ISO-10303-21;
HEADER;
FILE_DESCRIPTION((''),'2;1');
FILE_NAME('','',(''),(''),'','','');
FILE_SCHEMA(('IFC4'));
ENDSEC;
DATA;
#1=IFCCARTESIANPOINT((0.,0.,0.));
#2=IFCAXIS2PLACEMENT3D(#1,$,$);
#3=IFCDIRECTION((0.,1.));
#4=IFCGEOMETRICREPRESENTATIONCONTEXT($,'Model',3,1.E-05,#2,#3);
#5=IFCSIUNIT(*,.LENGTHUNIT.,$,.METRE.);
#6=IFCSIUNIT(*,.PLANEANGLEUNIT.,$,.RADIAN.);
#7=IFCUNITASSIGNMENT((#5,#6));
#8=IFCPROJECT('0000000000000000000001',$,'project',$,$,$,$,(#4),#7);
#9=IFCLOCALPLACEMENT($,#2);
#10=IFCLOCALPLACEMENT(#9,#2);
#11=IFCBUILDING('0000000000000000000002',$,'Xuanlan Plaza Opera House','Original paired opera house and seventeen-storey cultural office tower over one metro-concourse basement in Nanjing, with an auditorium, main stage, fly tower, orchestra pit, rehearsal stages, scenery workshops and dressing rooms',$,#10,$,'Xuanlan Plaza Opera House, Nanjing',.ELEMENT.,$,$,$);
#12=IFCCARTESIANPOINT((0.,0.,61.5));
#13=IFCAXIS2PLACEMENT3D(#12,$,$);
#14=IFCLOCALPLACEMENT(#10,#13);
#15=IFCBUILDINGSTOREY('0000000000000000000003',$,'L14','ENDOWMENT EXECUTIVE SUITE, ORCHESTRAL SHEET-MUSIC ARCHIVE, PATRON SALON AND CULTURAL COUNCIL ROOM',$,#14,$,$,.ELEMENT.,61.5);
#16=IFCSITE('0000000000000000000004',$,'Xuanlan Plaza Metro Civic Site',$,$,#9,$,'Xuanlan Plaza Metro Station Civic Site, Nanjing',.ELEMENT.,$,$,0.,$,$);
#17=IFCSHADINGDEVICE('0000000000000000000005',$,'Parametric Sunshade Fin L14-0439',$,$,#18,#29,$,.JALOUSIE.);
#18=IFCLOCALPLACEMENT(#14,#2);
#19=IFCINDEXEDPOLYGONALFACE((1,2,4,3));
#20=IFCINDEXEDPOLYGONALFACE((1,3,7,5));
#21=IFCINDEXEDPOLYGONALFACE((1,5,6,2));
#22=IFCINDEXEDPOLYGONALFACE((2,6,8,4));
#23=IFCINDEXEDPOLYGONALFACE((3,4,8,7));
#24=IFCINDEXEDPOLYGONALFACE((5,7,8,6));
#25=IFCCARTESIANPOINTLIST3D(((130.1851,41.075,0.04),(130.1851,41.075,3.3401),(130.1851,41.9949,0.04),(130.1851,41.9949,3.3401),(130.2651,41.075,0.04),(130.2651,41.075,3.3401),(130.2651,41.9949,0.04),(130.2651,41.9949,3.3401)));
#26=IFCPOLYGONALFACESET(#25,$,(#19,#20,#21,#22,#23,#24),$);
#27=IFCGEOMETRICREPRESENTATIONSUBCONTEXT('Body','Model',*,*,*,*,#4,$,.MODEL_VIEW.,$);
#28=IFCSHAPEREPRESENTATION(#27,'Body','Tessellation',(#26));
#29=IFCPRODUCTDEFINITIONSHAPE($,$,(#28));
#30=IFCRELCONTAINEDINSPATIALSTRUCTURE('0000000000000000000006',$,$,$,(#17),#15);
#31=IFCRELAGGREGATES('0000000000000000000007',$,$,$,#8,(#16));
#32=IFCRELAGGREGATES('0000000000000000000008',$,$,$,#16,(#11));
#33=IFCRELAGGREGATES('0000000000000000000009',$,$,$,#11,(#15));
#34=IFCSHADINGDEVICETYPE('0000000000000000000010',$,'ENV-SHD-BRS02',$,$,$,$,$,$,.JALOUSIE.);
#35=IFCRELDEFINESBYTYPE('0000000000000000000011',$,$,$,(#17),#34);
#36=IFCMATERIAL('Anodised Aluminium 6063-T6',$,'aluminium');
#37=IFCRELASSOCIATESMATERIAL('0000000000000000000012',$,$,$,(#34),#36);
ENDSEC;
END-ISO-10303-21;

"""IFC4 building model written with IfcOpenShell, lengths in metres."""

from ifc_helpers import new_model, si_unit, direction, frame, origin, origin_2d, place, context, subcontext, project, spatial, rectangle, extrude, material, type_object, element, save


model = new_model("IFC4")

# Units and contexts
model_context = context("Model", 3, precision=1e-05, world=origin(), true_north=direction((0.0, 1.0)))
body_context = subcontext(model_context, "Body", "Model", "MODEL_VIEW")
ifc_project = project(units=[si_unit("LENGTHUNIT", "METRE"), si_unit("PLANEANGLEUNIT", "RADIAN")], contexts=[model_context])

# Site, building, storey
site_placement = place(None, origin())
site = spatial("IfcSite", under=ifc_project, at=site_placement, Name="Xuanlan Plaza Metro Civic Site", LongName="Xuanlan Plaza Metro Station Civic Site, Nanjing", CompositionType="ELEMENT", RefElevation=0.0)
building_placement = place(site_placement, origin())
building = spatial("IfcBuilding", under=site, at=building_placement, Name="Xuanlan Plaza Opera House", Description="Original paired opera house and seventeen-storey cultural office tower over one metro-concourse basement in Nanjing, with an auditorium, main stage, fly tower, orchestra pit, rehearsal stages, scenery workshops and dressing rooms", LongName="Xuanlan Plaza Opera House, Nanjing", CompositionType="ELEMENT")
storey_placement = place(building_placement, frame((0.0, 0.0, 61.5)))
storey = spatial("IfcBuildingStorey", under=building, at=storey_placement, Name="L14", Description="ENDOWMENT EXECUTIVE SUITE, ORCHESTRAL SHEET-MUSIC ARCHIVE, PATRON SALON AND CULTURAL COUNCIL ROOM", CompositionType="ELEMENT", Elevation=61.5)

# Shared definitions
ifc_material_1 = material(Name="Anodised Aluminium 6063-T6", Category="aluminium")

# Shading device
shading_device_type_1 = type_object("IfcShadingDeviceType", Name="ENV-SHD-BRS02", PredefinedType="JALOUSIE", material=ifc_material_1)
shading_device_1_placement = place(storey_placement, frame((130.2251, 41.5349, 0.04), z_axis=(0.0, 0.0, 1.0), x_axis=(0.0, -1.0, 0.0)))
element("IfcShadingDevice", 1, at=shading_device_1_placement, inside=storey, type_object=shading_device_type_1, Name="Parametric Sunshade Fin L14-0439", PredefinedType="JALOUSIE", context=body_context, shape_type="SweptSolid", body=[
    extrude(rectangle(XDim=0.9199, YDim=0.0801, at=origin_2d()), origin(), (0.0, 0.0, 1.0), 3.3),
])

save(model, "model.ifc")
